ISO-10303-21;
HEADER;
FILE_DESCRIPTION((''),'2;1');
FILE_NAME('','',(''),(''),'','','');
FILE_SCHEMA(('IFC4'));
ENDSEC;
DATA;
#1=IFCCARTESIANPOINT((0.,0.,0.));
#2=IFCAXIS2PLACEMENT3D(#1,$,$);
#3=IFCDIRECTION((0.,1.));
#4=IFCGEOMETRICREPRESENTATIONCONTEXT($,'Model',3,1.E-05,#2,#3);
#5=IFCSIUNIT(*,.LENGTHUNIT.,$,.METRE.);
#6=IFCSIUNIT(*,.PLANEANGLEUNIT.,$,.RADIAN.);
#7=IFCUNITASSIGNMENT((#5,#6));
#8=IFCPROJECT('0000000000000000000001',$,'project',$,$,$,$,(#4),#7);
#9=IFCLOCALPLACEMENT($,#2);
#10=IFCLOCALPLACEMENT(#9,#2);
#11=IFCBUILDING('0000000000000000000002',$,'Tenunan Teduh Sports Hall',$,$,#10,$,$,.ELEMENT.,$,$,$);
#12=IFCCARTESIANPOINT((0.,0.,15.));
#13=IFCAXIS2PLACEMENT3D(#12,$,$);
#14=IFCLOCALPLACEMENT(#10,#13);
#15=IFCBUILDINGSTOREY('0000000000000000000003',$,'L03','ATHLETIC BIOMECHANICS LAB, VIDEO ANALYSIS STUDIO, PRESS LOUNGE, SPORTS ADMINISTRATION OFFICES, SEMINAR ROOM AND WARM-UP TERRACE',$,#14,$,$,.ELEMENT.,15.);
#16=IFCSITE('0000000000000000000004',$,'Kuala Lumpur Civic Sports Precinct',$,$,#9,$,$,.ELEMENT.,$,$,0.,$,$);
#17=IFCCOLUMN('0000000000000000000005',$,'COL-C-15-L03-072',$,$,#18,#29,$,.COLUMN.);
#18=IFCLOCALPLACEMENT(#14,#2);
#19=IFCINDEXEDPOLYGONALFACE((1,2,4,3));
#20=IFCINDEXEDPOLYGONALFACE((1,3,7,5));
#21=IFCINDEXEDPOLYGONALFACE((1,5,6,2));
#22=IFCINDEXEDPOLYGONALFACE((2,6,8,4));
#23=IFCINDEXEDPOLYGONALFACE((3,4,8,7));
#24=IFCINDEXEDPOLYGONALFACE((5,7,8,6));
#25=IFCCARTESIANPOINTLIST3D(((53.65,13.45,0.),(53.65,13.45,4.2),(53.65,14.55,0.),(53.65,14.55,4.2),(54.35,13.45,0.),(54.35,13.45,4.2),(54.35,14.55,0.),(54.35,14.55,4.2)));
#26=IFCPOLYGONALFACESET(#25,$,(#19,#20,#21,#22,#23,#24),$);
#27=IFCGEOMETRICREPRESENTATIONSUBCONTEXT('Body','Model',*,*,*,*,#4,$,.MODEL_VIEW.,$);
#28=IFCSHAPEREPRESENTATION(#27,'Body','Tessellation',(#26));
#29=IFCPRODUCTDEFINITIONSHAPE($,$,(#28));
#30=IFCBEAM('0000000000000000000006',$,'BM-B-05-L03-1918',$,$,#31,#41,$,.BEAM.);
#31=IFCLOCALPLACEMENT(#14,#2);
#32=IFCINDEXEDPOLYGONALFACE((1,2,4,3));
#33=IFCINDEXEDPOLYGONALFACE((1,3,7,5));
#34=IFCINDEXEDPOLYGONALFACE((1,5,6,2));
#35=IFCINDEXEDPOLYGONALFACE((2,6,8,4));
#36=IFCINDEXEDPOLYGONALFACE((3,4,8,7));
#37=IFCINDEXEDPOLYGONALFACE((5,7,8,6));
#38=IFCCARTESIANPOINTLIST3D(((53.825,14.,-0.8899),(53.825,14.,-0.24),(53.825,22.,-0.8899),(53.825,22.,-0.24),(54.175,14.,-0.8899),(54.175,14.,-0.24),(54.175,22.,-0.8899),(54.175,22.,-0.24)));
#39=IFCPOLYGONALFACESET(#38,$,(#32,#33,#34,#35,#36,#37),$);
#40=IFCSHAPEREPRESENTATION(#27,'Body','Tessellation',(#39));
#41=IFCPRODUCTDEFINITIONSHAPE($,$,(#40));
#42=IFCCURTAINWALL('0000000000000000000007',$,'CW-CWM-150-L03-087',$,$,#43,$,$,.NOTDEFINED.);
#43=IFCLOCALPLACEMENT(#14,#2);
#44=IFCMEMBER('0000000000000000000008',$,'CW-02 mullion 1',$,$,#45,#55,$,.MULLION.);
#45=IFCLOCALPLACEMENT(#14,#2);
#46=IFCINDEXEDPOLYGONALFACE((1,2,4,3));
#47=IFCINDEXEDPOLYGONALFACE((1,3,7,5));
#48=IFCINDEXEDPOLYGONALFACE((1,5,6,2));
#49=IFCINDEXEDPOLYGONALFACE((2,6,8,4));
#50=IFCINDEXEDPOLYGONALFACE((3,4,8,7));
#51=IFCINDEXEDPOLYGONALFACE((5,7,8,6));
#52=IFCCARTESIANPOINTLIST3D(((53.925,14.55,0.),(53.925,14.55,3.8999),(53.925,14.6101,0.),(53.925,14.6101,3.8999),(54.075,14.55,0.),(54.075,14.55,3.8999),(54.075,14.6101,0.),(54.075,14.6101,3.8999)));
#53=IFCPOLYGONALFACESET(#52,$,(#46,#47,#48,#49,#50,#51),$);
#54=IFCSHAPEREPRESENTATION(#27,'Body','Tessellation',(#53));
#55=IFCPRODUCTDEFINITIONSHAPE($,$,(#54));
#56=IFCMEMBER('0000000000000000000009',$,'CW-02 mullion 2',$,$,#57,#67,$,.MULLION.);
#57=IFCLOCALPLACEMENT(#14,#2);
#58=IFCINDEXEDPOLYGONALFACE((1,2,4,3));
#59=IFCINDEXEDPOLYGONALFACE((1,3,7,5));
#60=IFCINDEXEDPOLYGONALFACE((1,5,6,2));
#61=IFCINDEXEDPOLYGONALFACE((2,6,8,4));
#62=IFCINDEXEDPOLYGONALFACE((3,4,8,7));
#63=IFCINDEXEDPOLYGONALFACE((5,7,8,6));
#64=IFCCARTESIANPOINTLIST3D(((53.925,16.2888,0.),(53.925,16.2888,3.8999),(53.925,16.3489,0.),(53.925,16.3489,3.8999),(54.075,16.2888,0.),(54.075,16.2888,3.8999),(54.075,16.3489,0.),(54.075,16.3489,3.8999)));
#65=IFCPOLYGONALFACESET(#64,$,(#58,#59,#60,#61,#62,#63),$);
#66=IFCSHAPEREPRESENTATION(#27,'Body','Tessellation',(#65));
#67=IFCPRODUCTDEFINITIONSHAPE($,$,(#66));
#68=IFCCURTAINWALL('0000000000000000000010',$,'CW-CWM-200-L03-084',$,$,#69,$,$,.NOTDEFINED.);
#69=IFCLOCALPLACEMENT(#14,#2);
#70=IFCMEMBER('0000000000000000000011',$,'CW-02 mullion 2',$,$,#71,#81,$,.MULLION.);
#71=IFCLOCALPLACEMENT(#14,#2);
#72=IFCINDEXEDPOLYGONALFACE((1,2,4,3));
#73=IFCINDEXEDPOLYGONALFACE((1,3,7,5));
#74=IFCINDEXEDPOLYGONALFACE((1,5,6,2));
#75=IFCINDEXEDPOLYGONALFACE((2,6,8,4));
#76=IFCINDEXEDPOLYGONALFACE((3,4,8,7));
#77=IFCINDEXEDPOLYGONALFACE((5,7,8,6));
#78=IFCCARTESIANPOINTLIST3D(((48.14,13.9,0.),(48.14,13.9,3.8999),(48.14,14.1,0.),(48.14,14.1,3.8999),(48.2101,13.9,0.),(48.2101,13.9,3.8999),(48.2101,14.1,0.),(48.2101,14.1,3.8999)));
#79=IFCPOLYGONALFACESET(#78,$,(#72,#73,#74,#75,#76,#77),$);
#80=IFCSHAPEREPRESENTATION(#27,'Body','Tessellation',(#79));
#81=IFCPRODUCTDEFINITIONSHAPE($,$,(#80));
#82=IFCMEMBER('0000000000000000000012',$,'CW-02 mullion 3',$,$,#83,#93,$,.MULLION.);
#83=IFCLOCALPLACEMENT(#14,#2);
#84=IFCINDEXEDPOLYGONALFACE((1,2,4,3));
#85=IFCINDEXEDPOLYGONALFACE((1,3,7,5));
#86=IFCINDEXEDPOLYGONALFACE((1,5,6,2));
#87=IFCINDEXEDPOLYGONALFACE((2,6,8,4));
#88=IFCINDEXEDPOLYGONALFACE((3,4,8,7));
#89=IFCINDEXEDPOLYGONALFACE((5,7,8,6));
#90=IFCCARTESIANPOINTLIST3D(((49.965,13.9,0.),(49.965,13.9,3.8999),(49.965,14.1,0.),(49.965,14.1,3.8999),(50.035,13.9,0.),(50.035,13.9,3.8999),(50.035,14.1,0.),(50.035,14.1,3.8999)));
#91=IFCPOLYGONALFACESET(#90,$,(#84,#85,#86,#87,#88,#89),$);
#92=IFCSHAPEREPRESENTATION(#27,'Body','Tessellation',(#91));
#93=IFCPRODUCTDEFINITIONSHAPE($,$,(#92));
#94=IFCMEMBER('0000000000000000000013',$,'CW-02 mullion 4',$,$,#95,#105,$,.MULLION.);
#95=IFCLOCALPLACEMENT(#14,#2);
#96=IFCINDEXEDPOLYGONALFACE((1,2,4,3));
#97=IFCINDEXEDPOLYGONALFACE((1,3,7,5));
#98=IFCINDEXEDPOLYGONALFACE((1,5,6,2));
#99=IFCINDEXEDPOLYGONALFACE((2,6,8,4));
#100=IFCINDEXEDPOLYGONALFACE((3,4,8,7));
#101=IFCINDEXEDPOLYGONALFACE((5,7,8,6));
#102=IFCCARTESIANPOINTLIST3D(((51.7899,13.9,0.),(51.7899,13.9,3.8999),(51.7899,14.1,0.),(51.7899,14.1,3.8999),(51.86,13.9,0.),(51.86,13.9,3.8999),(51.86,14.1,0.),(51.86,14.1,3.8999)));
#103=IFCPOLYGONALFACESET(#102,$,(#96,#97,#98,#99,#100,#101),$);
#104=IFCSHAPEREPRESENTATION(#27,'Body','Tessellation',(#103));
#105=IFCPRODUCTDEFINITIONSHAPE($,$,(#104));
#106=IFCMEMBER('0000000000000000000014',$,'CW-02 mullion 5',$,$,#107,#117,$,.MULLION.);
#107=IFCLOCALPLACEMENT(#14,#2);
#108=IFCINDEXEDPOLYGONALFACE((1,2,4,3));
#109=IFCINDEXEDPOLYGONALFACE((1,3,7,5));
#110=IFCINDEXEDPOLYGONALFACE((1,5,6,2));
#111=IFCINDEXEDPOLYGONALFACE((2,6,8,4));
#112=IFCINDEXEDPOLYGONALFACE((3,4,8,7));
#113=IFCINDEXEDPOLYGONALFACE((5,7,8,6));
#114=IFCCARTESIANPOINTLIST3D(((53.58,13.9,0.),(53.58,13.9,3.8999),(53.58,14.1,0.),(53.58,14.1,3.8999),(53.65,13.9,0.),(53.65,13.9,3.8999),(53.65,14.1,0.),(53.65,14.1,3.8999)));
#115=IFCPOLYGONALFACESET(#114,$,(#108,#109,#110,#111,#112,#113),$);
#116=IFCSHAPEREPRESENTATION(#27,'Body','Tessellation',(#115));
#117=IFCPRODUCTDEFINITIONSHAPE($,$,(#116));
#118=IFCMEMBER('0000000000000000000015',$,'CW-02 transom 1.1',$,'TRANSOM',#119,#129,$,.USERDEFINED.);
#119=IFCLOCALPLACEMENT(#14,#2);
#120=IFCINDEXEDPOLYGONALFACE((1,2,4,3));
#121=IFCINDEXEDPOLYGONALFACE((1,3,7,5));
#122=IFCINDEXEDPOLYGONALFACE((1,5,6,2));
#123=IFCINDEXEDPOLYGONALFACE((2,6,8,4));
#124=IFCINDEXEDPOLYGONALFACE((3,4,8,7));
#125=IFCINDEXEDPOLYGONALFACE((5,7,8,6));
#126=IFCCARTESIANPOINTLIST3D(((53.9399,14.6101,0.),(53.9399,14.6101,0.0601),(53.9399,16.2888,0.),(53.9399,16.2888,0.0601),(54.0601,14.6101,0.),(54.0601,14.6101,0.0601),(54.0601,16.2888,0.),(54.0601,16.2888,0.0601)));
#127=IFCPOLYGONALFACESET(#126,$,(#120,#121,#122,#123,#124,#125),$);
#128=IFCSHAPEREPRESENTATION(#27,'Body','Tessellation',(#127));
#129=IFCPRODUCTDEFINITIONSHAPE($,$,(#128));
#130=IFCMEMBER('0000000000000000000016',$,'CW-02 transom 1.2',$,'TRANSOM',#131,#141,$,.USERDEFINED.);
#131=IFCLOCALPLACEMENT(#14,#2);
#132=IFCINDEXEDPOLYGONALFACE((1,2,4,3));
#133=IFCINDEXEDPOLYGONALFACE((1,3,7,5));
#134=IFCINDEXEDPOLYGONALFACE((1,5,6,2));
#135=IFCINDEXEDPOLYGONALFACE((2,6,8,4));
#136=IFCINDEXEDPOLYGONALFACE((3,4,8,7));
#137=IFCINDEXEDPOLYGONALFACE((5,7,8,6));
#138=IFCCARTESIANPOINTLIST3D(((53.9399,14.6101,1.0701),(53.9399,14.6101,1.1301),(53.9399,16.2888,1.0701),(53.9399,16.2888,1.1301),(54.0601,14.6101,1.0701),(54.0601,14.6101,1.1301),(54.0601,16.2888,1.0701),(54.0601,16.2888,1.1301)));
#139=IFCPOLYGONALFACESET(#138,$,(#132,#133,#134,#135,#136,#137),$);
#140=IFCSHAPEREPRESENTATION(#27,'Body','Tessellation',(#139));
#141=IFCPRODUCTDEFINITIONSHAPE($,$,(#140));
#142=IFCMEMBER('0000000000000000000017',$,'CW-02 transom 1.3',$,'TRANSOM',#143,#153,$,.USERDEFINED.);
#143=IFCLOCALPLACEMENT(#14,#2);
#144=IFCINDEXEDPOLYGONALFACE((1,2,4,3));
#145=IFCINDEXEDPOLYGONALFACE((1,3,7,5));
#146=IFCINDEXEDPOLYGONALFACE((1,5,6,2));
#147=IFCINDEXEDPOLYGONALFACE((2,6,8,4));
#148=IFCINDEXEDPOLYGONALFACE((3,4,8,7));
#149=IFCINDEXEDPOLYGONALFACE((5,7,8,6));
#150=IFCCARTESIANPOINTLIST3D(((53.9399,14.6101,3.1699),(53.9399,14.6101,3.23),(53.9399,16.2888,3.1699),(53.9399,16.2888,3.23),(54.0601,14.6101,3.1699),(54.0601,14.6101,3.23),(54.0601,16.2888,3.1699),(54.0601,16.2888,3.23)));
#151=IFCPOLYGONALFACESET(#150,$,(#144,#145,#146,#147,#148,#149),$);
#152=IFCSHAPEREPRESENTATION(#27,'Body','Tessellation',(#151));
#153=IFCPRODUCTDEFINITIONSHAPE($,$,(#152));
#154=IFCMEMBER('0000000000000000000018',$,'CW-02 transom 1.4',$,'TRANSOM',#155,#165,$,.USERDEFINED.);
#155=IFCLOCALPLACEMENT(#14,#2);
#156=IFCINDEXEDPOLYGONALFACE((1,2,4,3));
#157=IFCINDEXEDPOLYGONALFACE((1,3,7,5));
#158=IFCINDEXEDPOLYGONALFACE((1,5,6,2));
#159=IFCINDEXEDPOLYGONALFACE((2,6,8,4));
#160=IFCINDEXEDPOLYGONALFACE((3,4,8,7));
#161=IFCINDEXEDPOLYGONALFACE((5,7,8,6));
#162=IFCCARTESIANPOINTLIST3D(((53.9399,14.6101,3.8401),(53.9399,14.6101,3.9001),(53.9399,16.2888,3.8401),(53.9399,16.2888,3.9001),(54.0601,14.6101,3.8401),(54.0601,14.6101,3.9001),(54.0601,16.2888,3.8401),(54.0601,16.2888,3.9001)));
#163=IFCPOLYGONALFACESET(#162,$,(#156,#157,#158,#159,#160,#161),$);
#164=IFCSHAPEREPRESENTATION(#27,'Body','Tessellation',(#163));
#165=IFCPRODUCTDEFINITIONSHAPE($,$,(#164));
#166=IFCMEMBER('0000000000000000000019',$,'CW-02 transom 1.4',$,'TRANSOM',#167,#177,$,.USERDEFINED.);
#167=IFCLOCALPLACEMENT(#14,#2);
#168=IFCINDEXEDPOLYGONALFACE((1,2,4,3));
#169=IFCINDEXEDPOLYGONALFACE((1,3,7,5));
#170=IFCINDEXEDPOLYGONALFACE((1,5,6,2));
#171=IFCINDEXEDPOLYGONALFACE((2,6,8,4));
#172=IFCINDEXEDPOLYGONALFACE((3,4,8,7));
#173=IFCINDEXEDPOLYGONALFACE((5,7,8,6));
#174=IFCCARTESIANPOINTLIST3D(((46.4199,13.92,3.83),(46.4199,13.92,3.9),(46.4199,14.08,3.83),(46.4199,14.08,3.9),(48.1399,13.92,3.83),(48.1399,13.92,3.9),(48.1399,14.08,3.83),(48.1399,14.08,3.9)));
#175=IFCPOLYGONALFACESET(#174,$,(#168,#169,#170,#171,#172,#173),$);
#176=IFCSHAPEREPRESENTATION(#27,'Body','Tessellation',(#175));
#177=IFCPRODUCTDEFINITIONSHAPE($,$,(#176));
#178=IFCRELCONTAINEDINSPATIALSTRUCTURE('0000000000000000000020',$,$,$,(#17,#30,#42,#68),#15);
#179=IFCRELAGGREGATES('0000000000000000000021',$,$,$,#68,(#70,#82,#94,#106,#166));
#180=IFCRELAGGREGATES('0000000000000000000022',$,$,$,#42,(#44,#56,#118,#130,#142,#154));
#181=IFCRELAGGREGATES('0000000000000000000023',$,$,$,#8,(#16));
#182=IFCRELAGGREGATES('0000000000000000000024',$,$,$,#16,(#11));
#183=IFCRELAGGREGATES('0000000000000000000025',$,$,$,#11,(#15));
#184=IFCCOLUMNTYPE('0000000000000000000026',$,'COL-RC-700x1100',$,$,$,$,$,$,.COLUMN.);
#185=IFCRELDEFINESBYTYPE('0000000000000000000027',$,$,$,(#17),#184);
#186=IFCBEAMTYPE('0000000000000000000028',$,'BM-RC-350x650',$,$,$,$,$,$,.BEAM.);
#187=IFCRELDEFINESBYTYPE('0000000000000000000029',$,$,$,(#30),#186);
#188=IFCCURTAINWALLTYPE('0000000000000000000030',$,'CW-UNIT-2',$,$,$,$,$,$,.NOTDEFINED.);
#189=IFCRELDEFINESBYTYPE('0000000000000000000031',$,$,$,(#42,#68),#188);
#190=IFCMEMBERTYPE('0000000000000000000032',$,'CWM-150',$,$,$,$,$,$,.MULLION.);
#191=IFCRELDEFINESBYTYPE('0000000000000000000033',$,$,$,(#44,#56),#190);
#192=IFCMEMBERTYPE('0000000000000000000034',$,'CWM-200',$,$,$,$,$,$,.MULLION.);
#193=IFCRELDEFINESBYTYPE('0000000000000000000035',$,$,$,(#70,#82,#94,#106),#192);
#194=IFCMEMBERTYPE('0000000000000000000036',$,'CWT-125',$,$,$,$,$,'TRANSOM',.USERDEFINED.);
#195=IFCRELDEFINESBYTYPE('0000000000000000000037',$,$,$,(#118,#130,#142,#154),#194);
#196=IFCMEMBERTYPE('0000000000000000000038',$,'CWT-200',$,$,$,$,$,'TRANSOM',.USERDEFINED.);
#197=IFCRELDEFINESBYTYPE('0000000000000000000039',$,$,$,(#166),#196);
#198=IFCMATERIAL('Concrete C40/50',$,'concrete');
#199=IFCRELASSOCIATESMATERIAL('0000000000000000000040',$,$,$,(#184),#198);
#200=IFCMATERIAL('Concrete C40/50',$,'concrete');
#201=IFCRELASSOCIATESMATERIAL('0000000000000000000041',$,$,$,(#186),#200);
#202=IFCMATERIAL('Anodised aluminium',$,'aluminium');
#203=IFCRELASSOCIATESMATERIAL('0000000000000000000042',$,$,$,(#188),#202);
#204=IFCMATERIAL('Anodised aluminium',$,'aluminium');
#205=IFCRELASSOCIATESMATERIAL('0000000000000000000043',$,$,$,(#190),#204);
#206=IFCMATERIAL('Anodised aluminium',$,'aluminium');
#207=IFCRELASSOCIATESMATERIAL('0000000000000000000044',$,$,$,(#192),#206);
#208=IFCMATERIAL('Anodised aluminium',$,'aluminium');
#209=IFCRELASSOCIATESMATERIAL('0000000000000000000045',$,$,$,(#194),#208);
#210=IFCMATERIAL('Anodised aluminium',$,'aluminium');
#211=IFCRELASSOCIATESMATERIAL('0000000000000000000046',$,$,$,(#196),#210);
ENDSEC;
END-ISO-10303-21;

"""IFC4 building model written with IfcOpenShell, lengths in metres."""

from ifc_helpers import new_model, si_unit, direction, frame, origin, origin_2d, place, context, subcontext, project, spatial, rectangle, extrude, material, material_profile, profile_set, type_object, element, aggregate, save


model = new_model("IFC4")

# Units and contexts
model_context = context("Model", 3, precision=1e-05, world=origin(), true_north=direction((0.0, 1.0)))
body_context = subcontext(model_context, "Body", "Model", "MODEL_VIEW")
ifc_project = project(units=[si_unit("LENGTHUNIT", "METRE"), si_unit("PLANEANGLEUNIT", "RADIAN")], contexts=[model_context])

# Site, building, storey
site_placement = place(None, origin())
site = spatial("IfcSite", under=ifc_project, at=site_placement, Name="Kuala Lumpur Civic Sports Precinct", CompositionType="ELEMENT", RefElevation=0.0)
building_placement = place(site_placement, origin())
building = spatial("IfcBuilding", under=site, at=building_placement, Name="Tenunan Teduh Sports Hall", CompositionType="ELEMENT")
storey_placement = place(building_placement, frame((0.0, 0.0, 15.0)))
storey = spatial("IfcBuildingStorey", under=building, at=storey_placement, Name="L03", Description="ATHLETIC BIOMECHANICS LAB, VIDEO ANALYSIS STUDIO, PRESS LOUNGE, SPORTS ADMINISTRATION OFFICES, SEMINAR ROOM AND WARM-UP TERRACE", CompositionType="ELEMENT", Elevation=15.0)

# Column
ifc_material_1 = material(Name="Concrete C40/50", Category="concrete")
ifc_material_profile_1 = material_profile(ifc_material_1, rectangle(XDim=0.7, YDim=1.1001, at=origin_2d()), Name="RC 700x1100")
ifc_profile_set_1 = profile_set([ifc_material_profile_1], Name="Concrete C40/50")
column_type = type_object("IfcColumnType", Name="COL-RC-700x1100", PredefinedType="COLUMN", material=ifc_profile_set_1)
column_placement = place(storey_placement, frame((54.0, 14.0, 0.0), z_axis=(0.0, 0.0, 1.0), x_axis=(1.0, 0.0, 0.0)))
element("IfcColumn", 1, at=column_placement, inside=storey, type_object=column_type, Name="COL-C-15-L03-072", PredefinedType="COLUMN", context=body_context, shape_type="SweptSolid", body=[
    extrude(rectangle(XDim=0.7, YDim=1.1001, at=origin_2d()), origin(), (0.0, 0.0, 1.0), 4.2),
])

# Beam
ifc_material_2 = material(Name="Concrete C40/50", Category="concrete")
ifc_material_profile_2 = material_profile(ifc_material_2, rectangle(XDim=0.3501, YDim=0.6499, at=origin_2d()), Name="RCB 350x650")
ifc_profile_set_2 = profile_set([ifc_material_profile_2], Name="Concrete C40/50")
beam_type = type_object("IfcBeamType", Name="BM-RC-350x650", PredefinedType="BEAM", material=ifc_profile_set_2)
beam_placement = place(storey_placement, frame((54.0, 14.0, -0.5649), z_axis=(0.0, 1.0, 0.0), x_axis=(-1.0, 0.0, 0.0)))
element("IfcBeam", 2, at=beam_placement, inside=storey, type_object=beam_type, Name="BM-B-05-L03-1918", PredefinedType="BEAM", context=body_context, shape_type="SweptSolid", body=[
    extrude(rectangle(XDim=0.3501, YDim=0.6499, at=origin_2d()), origin(), (0.0, 0.0, 1.0), 8.0),
])

# Curtain walls, members
ifc_material_3 = material(Name="Anodised aluminium", Category="aluminium")
curtain_wall_type = type_object("IfcCurtainWallType", Name="CW-UNIT-2", PredefinedType="NOTDEFINED", material=ifc_material_3)
curtain_wall_1_placement = place(storey_placement, origin())
curtain_wall_1 = element("IfcCurtainWall", 3, at=curtain_wall_1_placement, inside=storey, type_object=curtain_wall_type, Name="CW-CWM-150-L03-087", PredefinedType="NOTDEFINED")
ifc_material_4 = material(Name="Anodised aluminium", Category="aluminium")
ifc_material_profile_3 = material_profile(ifc_material_4, rectangle(XDim=0.0601, YDim=0.1499, at=origin_2d()), Name="CWM 60x150")
ifc_profile_set_3 = profile_set([ifc_material_profile_3], Name="Anodised aluminium")
member_type_1 = type_object("IfcMemberType", Name="CWM-150", PredefinedType="MULLION", material=ifc_profile_set_3)
member_1_placement = place(storey_placement, frame((54.0, 14.5801, 0.0), z_axis=(0.0, 0.0, 1.0), x_axis=(0.0, 1.0, 0.0)))
member_1 = element("IfcMember", 4, at=member_1_placement, type_object=member_type_1, Name="CW-02 mullion 1", PredefinedType="MULLION", context=body_context, shape_type="SweptSolid", body=[
    extrude(rectangle(XDim=0.0601, YDim=0.1499, at=origin_2d()), origin(), (0.0, 0.0, 1.0), 3.8999),
])
member_2_placement = place(storey_placement, frame((54.0, 16.3188, 0.0), z_axis=(0.0, 0.0, 1.0), x_axis=(0.0, 1.0, 0.0)))
member_2 = element("IfcMember", 5, at=member_2_placement, type_object=member_type_1, Name="CW-02 mullion 2", PredefinedType="MULLION", context=body_context, shape_type="SweptSolid", body=[
    extrude(rectangle(XDim=0.0601, YDim=0.1499, at=origin_2d()), origin(), (0.0, 0.0, 1.0), 3.8999),
])
curtain_wall_2_placement = place(storey_placement, origin())
curtain_wall_2 = element("IfcCurtainWall", 6, at=curtain_wall_2_placement, inside=storey, type_object=curtain_wall_type, Name="CW-CWM-200-L03-084", PredefinedType="NOTDEFINED")
ifc_material_5 = material(Name="Anodised aluminium", Category="aluminium")
ifc_material_profile_4 = material_profile(ifc_material_5, rectangle(XDim=0.0701, YDim=0.2, at=origin_2d()), Name="CWM 70x200")
ifc_profile_set_4 = profile_set([ifc_material_profile_4], Name="Anodised aluminium")
member_type_2 = type_object("IfcMemberType", Name="CWM-200", PredefinedType="MULLION", material=ifc_profile_set_4)
member_3_placement = place(storey_placement, frame((48.175, 14.0, 0.0), z_axis=(0.0, 0.0, 1.0), x_axis=(1.0, 0.0, 0.0)))
member_3 = element("IfcMember", 7, at=member_3_placement, type_object=member_type_2, Name="CW-02 mullion 2", PredefinedType="MULLION", context=body_context, shape_type="SweptSolid", body=[
    extrude(rectangle(XDim=0.0701, YDim=0.2, at=origin_2d()), origin(), (0.0, 0.0, 1.0), 3.8999),
])
member_4_placement = place(storey_placement, frame((50.0, 14.0, 0.0), z_axis=(0.0, 0.0, 1.0), x_axis=(1.0, 0.0, 0.0)))
member_4 = element("IfcMember", 8, at=member_4_placement, type_object=member_type_2, Name="CW-02 mullion 3", PredefinedType="MULLION", context=body_context, shape_type="SweptSolid", body=[
    extrude(rectangle(XDim=0.0701, YDim=0.2, at=origin_2d()), origin(), (0.0, 0.0, 1.0), 3.8999),
])
member_5_placement = place(storey_placement, frame((51.825, 14.0, 0.0), z_axis=(0.0, 0.0, 1.0), x_axis=(1.0, 0.0, 0.0)))
member_5 = element("IfcMember", 9, at=member_5_placement, type_object=member_type_2, Name="CW-02 mullion 4", PredefinedType="MULLION", context=body_context, shape_type="SweptSolid", body=[
    extrude(rectangle(XDim=0.0701, YDim=0.2, at=origin_2d()), origin(), (0.0, 0.0, 1.0), 3.8999),
])
member_6_placement = place(storey_placement, frame((53.615, 14.0, 0.0), z_axis=(0.0, 0.0, 1.0), x_axis=(1.0, 0.0, 0.0)))
member_6 = element("IfcMember", 10, at=member_6_placement, type_object=member_type_2, Name="CW-02 mullion 5", PredefinedType="MULLION", context=body_context, shape_type="SweptSolid", body=[
    extrude(rectangle(XDim=0.0701, YDim=0.2, at=origin_2d()), origin(), (0.0, 0.0, 1.0), 3.8999),
])

# Members
ifc_material_6 = material(Name="Anodised aluminium", Category="aluminium")
ifc_material_profile_5 = material_profile(ifc_material_6, rectangle(XDim=0.0601, YDim=0.1201, at=origin_2d()), Name="CWT 60x120")
ifc_profile_set_5 = profile_set([ifc_material_profile_5], Name="Anodised aluminium")
member_type_3 = type_object("IfcMemberType", Name="CWT-125", ElementType="TRANSOM", PredefinedType="USERDEFINED", material=ifc_profile_set_5)
member_7_placement = place(storey_placement, frame((54.0, 14.6101, 0.03), z_axis=(0.0, 1.0, 0.0), x_axis=(0.0, 0.0, 1.0)))
member_7 = element("IfcMember", 11, at=member_7_placement, type_object=member_type_3, Name="CW-02 transom 1.1", ObjectType="TRANSOM", PredefinedType="USERDEFINED", context=body_context, shape_type="SweptSolid", body=[
    extrude(rectangle(XDim=0.0601, YDim=0.1201, at=origin_2d()), origin(), (0.0, 0.0, 1.0), 1.6787),
])
member_8_placement = place(storey_placement, frame((54.0, 14.6101, 1.1001), z_axis=(0.0, 1.0, 0.0), x_axis=(0.0, 0.0, 1.0)))
member_8 = element("IfcMember", 12, at=member_8_placement, type_object=member_type_3, Name="CW-02 transom 1.2", ObjectType="TRANSOM", PredefinedType="USERDEFINED", context=body_context, shape_type="SweptSolid", body=[
    extrude(rectangle(XDim=0.0601, YDim=0.1201, at=origin_2d()), origin(), (0.0, 0.0, 1.0), 1.6787),
])
member_9_placement = place(storey_placement, frame((54.0, 14.6101, 3.2), z_axis=(0.0, 1.0, 0.0), x_axis=(0.0, 0.0, 1.0)))
member_9 = element("IfcMember", 13, at=member_9_placement, type_object=member_type_3, Name="CW-02 transom 1.3", ObjectType="TRANSOM", PredefinedType="USERDEFINED", context=body_context, shape_type="SweptSolid", body=[
    extrude(rectangle(XDim=0.0601, YDim=0.1201, at=origin_2d()), origin(), (0.0, 0.0, 1.0), 1.6787),
])
member_10_placement = place(storey_placement, frame((54.0, 14.6101, 3.8701), z_axis=(0.0, 1.0, 0.0), x_axis=(0.0, 0.0, 1.0)))
member_10 = element("IfcMember", 14, at=member_10_placement, type_object=member_type_3, Name="CW-02 transom 1.4", ObjectType="TRANSOM", PredefinedType="USERDEFINED", context=body_context, shape_type="SweptSolid", body=[
    extrude(rectangle(XDim=0.0601, YDim=0.1201, at=origin_2d()), origin(), (0.0, 0.0, 1.0), 1.6787),
])
ifc_material_7 = material(Name="Anodised aluminium", Category="aluminium")
ifc_material_profile_6 = material_profile(ifc_material_7, rectangle(XDim=0.0701, YDim=0.1599, at=origin_2d()), Name="CWT 70x160")
ifc_profile_set_6 = profile_set([ifc_material_profile_6], Name="Anodised aluminium")
member_type_4 = type_object("IfcMemberType", Name="CWT-200", ElementType="TRANSOM", PredefinedType="USERDEFINED", material=ifc_profile_set_6)
member_11_placement = place(storey_placement, frame((46.4199, 14.0, 3.865), z_axis=(1.0, 0.0, 0.0), x_axis=(0.0, 0.0, 1.0)))
member_11 = element("IfcMember", 15, at=member_11_placement, type_object=member_type_4, Name="CW-02 transom 1.4", ObjectType="TRANSOM", PredefinedType="USERDEFINED", context=body_context, shape_type="SweptSolid", body=[
    extrude(rectangle(XDim=0.0701, YDim=0.1599, at=origin_2d()), origin(), (0.0, 0.0, 1.0), 1.72),
])

aggregate(curtain_wall_2, [member_3, member_4, member_5, member_6, member_11])
aggregate(curtain_wall_1, [member_1, member_2, member_7, member_8, member_9, member_10])

save(model, "model.ifc")
